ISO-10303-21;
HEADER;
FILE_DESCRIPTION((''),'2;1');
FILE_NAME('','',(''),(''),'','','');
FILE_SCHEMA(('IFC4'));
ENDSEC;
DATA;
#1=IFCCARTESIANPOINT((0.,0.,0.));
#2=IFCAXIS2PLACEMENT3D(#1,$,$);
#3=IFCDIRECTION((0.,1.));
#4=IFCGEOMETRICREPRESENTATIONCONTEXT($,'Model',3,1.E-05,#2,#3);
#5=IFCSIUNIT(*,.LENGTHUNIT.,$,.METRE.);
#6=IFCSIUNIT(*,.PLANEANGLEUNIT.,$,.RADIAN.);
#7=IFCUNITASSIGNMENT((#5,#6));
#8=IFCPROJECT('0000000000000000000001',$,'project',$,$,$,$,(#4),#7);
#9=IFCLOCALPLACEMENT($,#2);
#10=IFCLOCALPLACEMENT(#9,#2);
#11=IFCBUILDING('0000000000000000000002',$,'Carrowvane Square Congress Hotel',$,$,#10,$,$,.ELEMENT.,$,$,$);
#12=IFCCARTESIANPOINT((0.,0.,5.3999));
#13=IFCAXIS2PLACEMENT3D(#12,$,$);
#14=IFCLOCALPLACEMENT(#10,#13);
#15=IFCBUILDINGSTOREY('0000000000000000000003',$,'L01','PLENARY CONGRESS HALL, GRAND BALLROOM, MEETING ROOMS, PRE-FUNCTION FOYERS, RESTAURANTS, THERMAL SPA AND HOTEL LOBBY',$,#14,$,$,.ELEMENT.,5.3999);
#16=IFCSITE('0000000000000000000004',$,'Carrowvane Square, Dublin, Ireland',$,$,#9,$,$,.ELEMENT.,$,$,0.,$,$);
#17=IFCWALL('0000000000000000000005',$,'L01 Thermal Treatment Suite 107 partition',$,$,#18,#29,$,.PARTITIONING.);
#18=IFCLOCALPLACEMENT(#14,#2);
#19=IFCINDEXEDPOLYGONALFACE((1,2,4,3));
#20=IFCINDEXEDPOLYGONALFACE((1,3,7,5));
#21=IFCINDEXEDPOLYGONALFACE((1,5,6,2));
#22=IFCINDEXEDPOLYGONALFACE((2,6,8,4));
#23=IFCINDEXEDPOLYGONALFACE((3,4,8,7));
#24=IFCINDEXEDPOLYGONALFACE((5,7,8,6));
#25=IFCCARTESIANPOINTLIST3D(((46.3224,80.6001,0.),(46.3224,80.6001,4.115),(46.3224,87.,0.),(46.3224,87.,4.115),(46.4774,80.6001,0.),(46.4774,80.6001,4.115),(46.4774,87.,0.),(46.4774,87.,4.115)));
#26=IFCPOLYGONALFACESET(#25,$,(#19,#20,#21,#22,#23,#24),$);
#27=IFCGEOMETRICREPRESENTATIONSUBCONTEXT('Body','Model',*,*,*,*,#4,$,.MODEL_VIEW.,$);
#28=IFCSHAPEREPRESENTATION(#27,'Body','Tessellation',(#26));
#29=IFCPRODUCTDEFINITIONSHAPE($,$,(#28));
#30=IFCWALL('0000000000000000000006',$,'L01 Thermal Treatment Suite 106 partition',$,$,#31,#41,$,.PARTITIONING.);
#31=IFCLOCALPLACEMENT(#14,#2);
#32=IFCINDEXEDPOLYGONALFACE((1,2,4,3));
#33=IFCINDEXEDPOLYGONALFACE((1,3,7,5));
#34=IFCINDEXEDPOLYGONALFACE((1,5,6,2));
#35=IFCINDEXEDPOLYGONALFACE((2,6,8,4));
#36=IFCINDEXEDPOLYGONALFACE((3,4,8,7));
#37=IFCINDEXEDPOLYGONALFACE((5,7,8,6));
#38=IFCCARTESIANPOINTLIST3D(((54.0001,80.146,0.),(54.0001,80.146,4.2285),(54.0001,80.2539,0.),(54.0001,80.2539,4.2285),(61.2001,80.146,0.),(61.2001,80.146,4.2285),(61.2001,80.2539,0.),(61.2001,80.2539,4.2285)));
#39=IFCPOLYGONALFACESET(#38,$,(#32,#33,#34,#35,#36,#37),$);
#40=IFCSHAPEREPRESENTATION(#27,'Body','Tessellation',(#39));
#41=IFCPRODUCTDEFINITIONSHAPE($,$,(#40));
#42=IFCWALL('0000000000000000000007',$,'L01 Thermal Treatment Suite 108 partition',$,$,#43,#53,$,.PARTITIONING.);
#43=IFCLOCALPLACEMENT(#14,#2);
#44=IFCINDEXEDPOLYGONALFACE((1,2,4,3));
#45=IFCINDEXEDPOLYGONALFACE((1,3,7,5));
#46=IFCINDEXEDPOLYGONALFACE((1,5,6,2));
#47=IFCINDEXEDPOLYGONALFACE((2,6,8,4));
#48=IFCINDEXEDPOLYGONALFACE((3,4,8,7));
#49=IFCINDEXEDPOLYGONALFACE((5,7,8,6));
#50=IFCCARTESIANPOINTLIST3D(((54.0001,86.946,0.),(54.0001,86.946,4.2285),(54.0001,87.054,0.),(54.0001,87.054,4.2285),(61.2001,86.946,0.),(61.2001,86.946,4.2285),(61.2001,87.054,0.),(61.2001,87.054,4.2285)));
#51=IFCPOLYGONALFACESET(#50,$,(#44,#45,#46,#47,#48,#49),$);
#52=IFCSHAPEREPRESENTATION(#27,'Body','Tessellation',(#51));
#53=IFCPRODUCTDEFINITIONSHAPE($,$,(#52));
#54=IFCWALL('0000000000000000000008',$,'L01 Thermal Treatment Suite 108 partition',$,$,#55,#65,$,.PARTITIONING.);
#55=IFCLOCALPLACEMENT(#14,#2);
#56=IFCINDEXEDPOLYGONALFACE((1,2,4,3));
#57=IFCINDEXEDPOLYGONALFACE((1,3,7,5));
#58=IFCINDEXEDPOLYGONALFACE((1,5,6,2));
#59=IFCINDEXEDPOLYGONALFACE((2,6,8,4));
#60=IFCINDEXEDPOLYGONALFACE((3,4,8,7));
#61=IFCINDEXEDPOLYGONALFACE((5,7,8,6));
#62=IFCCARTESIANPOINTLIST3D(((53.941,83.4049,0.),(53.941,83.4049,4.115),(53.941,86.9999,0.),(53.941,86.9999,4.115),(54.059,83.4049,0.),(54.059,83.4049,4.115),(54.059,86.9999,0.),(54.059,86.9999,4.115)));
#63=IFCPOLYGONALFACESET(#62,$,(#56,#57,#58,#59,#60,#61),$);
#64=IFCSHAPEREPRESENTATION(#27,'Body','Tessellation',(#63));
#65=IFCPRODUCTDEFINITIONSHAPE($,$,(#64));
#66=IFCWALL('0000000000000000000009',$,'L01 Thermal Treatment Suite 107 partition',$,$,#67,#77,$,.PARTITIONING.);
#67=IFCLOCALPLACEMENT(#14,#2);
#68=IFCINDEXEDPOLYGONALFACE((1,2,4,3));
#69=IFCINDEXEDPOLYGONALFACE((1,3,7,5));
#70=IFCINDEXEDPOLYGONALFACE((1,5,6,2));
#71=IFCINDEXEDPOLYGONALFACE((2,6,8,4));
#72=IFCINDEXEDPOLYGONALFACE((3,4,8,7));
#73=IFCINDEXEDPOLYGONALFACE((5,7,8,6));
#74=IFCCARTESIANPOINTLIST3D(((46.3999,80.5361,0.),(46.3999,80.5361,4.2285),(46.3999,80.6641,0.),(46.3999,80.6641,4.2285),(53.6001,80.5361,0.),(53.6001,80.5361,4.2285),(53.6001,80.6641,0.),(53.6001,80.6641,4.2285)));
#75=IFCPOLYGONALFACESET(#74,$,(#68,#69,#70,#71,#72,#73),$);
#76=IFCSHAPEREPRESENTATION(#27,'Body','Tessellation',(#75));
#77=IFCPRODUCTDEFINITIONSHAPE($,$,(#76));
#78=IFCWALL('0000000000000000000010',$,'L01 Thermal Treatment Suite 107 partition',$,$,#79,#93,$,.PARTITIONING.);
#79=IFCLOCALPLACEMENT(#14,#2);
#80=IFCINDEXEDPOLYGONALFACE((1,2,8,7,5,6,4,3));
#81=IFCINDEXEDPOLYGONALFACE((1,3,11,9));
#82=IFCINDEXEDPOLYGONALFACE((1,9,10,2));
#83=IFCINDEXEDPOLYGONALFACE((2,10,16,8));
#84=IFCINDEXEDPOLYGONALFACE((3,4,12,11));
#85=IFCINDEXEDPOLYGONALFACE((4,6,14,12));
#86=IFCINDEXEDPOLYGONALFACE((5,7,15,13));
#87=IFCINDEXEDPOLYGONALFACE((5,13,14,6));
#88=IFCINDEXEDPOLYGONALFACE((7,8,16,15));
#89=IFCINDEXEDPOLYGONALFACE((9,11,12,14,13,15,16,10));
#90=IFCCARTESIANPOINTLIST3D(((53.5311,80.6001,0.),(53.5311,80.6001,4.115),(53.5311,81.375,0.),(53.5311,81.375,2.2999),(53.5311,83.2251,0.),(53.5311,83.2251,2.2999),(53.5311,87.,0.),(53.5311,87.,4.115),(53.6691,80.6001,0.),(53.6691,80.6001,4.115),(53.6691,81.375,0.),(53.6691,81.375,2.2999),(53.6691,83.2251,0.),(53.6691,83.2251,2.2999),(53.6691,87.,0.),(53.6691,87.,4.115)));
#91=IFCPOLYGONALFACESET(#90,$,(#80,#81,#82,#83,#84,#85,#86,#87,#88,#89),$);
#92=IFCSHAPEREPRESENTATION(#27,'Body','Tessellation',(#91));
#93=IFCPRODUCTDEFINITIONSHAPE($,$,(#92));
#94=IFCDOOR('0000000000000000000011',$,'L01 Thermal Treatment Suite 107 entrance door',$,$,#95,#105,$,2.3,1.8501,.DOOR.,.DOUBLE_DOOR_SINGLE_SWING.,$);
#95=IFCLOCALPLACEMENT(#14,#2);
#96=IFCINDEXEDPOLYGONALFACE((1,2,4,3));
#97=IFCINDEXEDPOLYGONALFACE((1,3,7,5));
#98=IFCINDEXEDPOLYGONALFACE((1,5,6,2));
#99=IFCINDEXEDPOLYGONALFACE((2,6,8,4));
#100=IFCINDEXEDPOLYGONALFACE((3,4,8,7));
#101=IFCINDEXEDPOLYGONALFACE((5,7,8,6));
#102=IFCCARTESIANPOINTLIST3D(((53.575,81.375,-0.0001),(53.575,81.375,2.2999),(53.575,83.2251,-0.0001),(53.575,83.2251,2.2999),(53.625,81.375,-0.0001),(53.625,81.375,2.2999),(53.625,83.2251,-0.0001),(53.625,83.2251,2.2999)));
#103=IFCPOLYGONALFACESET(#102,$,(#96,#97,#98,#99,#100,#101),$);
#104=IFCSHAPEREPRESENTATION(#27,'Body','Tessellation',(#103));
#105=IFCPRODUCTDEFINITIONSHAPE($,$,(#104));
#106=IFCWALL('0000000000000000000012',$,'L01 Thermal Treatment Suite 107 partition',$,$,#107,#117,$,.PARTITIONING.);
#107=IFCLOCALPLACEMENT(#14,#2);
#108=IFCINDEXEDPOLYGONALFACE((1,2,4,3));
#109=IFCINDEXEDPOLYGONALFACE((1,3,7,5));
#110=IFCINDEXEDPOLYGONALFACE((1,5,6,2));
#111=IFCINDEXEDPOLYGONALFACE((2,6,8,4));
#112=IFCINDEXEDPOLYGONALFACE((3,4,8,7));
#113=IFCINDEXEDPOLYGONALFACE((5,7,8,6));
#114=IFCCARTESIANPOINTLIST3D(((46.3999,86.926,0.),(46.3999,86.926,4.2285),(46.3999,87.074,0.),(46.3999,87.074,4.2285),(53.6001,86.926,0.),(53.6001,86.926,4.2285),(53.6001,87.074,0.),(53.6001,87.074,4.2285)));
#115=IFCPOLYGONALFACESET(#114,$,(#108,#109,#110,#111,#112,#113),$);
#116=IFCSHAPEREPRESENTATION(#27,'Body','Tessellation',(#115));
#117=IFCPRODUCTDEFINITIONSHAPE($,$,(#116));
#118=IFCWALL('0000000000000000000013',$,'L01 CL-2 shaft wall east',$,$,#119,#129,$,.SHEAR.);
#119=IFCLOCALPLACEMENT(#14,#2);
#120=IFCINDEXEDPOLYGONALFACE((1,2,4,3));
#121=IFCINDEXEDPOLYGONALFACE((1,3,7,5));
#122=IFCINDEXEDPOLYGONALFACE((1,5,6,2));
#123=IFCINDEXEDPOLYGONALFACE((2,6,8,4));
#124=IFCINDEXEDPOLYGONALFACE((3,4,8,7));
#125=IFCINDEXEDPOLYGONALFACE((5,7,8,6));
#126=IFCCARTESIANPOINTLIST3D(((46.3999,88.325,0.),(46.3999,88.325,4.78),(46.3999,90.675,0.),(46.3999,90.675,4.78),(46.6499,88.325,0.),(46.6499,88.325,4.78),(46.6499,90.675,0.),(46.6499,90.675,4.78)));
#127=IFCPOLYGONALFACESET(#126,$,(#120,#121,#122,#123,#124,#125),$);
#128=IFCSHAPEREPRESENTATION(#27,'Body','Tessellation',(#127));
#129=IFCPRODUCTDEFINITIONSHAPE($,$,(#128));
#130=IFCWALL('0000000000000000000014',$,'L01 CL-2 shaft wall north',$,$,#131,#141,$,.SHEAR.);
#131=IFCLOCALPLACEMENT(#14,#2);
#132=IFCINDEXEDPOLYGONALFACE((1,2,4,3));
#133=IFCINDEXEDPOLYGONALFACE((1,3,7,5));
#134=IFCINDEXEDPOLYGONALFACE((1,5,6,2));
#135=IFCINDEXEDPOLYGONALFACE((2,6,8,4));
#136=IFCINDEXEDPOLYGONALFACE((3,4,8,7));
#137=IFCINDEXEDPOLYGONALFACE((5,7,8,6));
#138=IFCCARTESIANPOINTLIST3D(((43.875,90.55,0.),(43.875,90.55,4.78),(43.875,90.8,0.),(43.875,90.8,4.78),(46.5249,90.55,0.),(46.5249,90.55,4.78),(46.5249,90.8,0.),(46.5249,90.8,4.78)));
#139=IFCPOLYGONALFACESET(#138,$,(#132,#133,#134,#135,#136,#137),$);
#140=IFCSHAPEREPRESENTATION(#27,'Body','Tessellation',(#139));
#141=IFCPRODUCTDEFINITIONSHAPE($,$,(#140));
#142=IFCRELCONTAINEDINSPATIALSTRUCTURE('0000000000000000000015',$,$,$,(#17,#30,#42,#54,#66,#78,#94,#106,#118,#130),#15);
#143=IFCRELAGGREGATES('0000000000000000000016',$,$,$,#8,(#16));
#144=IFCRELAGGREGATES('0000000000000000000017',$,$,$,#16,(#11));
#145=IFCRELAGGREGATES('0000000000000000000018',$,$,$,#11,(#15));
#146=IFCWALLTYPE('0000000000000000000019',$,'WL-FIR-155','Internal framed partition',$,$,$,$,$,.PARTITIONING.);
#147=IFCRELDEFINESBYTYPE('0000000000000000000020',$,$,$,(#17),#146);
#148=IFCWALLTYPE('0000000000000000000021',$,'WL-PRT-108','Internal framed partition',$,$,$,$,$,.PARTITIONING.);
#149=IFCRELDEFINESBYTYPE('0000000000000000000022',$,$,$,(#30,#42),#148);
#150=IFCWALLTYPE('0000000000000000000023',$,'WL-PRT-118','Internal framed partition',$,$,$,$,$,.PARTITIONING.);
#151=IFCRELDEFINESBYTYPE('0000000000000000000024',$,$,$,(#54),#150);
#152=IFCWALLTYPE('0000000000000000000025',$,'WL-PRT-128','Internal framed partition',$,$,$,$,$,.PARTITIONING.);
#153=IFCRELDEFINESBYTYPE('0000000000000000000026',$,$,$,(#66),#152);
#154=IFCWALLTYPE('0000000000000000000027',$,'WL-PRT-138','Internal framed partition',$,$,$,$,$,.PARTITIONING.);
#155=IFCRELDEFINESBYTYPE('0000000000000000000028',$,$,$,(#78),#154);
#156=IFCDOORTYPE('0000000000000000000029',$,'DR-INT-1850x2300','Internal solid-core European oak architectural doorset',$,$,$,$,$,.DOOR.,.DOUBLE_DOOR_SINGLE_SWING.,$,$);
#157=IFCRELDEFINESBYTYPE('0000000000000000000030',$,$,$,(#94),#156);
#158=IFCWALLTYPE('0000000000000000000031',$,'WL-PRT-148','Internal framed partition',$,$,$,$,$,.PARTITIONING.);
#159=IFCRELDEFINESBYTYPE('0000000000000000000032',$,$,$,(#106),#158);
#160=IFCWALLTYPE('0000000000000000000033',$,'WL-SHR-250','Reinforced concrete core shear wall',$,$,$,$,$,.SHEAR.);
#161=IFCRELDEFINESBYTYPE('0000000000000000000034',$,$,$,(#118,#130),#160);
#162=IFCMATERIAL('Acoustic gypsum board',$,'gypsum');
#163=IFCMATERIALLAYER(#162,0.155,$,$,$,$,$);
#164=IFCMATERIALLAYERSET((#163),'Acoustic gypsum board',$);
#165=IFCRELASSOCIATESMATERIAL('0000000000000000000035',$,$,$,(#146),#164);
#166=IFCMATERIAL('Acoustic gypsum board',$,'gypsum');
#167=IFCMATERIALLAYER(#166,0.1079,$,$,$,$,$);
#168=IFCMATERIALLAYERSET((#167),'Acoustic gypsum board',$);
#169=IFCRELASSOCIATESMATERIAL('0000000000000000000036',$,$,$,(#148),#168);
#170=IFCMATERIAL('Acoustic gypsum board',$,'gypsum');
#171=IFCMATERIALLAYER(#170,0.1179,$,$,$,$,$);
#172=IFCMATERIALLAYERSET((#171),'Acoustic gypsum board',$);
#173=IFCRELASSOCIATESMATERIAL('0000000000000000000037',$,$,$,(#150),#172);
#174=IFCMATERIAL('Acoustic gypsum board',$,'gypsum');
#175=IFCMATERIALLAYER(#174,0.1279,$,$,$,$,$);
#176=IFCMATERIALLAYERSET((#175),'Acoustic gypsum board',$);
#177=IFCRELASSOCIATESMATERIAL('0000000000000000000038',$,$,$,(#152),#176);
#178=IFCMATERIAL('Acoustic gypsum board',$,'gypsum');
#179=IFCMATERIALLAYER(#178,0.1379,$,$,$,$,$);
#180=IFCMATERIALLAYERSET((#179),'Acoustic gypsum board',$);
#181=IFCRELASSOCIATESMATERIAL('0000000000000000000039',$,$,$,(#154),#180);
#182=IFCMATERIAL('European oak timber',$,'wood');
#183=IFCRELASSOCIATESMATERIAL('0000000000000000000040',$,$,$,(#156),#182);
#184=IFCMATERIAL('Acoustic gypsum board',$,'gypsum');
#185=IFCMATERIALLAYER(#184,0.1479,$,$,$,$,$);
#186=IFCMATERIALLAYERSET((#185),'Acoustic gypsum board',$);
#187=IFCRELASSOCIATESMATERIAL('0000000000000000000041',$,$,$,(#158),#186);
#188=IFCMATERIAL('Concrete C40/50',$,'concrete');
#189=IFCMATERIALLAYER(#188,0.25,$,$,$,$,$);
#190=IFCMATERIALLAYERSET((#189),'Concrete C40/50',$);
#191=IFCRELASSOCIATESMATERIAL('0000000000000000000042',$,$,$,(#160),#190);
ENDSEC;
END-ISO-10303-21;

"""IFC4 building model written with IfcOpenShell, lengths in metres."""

from ifc_helpers import new_model, si_unit, direction, frame, frame_2d, origin, place, context, subcontext, project, spatial, rectangle, extrude, material, layer, layer_set, type_object, element, fill, save


model = new_model("IFC4")

# Units and contexts
model_context = context("Model", 3, precision=1e-05, world=origin(), true_north=direction((0.0, 1.0)))
body_context = subcontext(model_context, "Body", "Model", "MODEL_VIEW")
ifc_project = project(units=[si_unit("LENGTHUNIT", "METRE"), si_unit("PLANEANGLEUNIT", "RADIAN")], contexts=[model_context])

# Site, building, storey
site_placement = place(None, origin())
site = spatial("IfcSite", under=ifc_project, at=site_placement, Name="Carrowvane Square, Dublin, Ireland", CompositionType="ELEMENT", RefElevation=0.0)
building_placement = place(site_placement, origin())
building = spatial("IfcBuilding", under=site, at=building_placement, Name="Carrowvane Square Congress Hotel", CompositionType="ELEMENT")
storey_placement = place(building_placement, frame((0.0, 0.0, 5.3999)))
storey = spatial("IfcBuildingStorey", under=building, at=storey_placement, Name="L01", Description="PLENARY CONGRESS HALL, GRAND BALLROOM, MEETING ROOMS, PRE-FUNCTION FOYERS, RESTAURANTS, THERMAL SPA AND HOTEL LOBBY", CompositionType="ELEMENT", Elevation=5.3999)

# Walls
ifc_material_1 = material(Name="Acoustic gypsum board", Category="gypsum")
ifc_layer_1 = layer(ifc_material_1, 0.155)
ifc_layer_set_1 = layer_set([ifc_layer_1], Name="Acoustic gypsum board")
wall_type_1 = type_object("IfcWallType", Name="WL-FIR-155", Description="Internal framed partition", PredefinedType="PARTITIONING", material=ifc_layer_set_1)
wall_1_placement = place(storey_placement, frame((46.3999, 80.6001, 0.0), z_axis=(0.0, 0.0, 1.0), x_axis=(0.0, 1.0, 0.0)))
element("IfcWall", 1, at=wall_1_placement, inside=storey, type_object=wall_type_1, Name="L01 Thermal Treatment Suite 107 partition", PredefinedType="PARTITIONING", context=body_context, shape_type="SweptSolid", body=[
    extrude(rectangle(XDim=6.3999, YDim=0.155, at=frame_2d((3.2, 0.0))), origin(), (0.0, 0.0, 1.0), 4.115),
])
ifc_material_2 = material(Name="Acoustic gypsum board", Category="gypsum")
ifc_layer_2 = layer(ifc_material_2, 0.1079)
ifc_layer_set_2 = layer_set([ifc_layer_2], Name="Acoustic gypsum board")
wall_type_2 = type_object("IfcWallType", Name="WL-PRT-108", Description="Internal framed partition", PredefinedType="PARTITIONING", material=ifc_layer_set_2)
for number, where, z_axis, x_axis, name in (
    (2, (54.0, 80.2, 0.0), (0.0, 0.0, 1.0), (1.0, 0.0, 0.0), "L01 Thermal Treatment Suite 106 partition"),
    (3, (54.0, 87.0, 0.0), (0.0, 0.0, 1.0), (1.0, 0.0, 0.0), "L01 Thermal Treatment Suite 108 partition"),
):
    element("IfcWall", number, at=place(storey_placement, frame(where, z_axis=z_axis, x_axis=x_axis)), inside=storey, type_object=wall_type_2, Name=name, PredefinedType="PARTITIONING", context=body_context, shape_type="SweptSolid", body=[
        extrude(rectangle(XDim=7.2, YDim=0.1079, at=frame_2d((3.6001, 0.0))), origin(), (0.0, 0.0, 1.0), 4.2285),
    ])
ifc_material_3 = material(Name="Acoustic gypsum board", Category="gypsum")
ifc_layer_3 = layer(ifc_material_3, 0.1179)
ifc_layer_set_3 = layer_set([ifc_layer_3], Name="Acoustic gypsum board")
wall_type_3 = type_object("IfcWallType", Name="WL-PRT-118", Description="Internal framed partition", PredefinedType="PARTITIONING", material=ifc_layer_set_3)
wall_2_placement = place(storey_placement, frame((54.0, 83.405, 0.0), z_axis=(0.0, 0.0, 1.0), x_axis=(0.0, 1.0, 0.0)))
element("IfcWall", 4, at=wall_2_placement, inside=storey, type_object=wall_type_3, Name="L01 Thermal Treatment Suite 108 partition", PredefinedType="PARTITIONING", context=body_context, shape_type="SweptSolid", body=[
    extrude(rectangle(XDim=3.595, YDim=0.1179, at=frame_2d((1.7974, 0.0))), origin(), (0.0, 0.0, 1.0), 4.115),
])
ifc_material_4 = material(Name="Acoustic gypsum board", Category="gypsum")
ifc_layer_4 = layer(ifc_material_4, 0.1279)
ifc_layer_set_4 = layer_set([ifc_layer_4], Name="Acoustic gypsum board")
wall_type_4 = type_object("IfcWallType", Name="WL-PRT-128", Description="Internal framed partition", PredefinedType="PARTITIONING", material=ifc_layer_set_4)
wall_3_placement = place(storey_placement, frame((53.6001, 80.6001, 0.0), z_axis=(0.0, 0.0, 1.0), x_axis=(-1.0, 0.0, 0.0)))
element("IfcWall", 5, at=wall_3_placement, inside=storey, type_object=wall_type_4, Name="L01 Thermal Treatment Suite 107 partition", PredefinedType="PARTITIONING", context=body_context, shape_type="SweptSolid", body=[
    extrude(rectangle(XDim=7.2002, YDim=0.1279, at=frame_2d((3.6001, 0.0))), origin(), (0.0, 0.0, 1.0), 4.2285),
])

# Wall, opening, door
ifc_material_5 = material(Name="Acoustic gypsum board", Category="gypsum")
ifc_layer_5 = layer(ifc_material_5, 0.1379)
ifc_layer_set_5 = layer_set([ifc_layer_5], Name="Acoustic gypsum board")
wall_type_5 = type_object("IfcWallType", Name="WL-PRT-138", Description="Internal framed partition", PredefinedType="PARTITIONING", material=ifc_layer_set_5)
wall_4_placement = place(storey_placement, frame((53.6001, 87.0, 0.0), z_axis=(0.0, 0.0, 1.0), x_axis=(0.0, -1.0, 0.0)))
wall_4 = element("IfcWall", 6, at=wall_4_placement, inside=storey, type_object=wall_type_5, Name="L01 Thermal Treatment Suite 107 partition", PredefinedType="PARTITIONING", context=body_context, shape_type="SweptSolid", body=[
    extrude(rectangle(XDim=6.3999, YDim=0.1379, at=frame_2d((3.2, 0.0))), origin(), (0.0, 0.0, 1.0), 4.115),
])
opening_placement = place(wall_4_placement, frame((3.7749, 0.0, 0.0)))
opening = element("IfcOpeningElement", 7, at=opening_placement, cuts=wall_4, PredefinedType="OPENING", context=body_context, shape_type="SweptSolid", body=[
    extrude(rectangle(XDim=1.8501, YDim=2.3, at=frame_2d((0.925, 1.1499))), frame((0.0, 0.0789, 0.0), z_axis=(0.0, -1.0, 0.0), x_axis=(1.0, 0.0, 0.0)), (0.0, 0.0, 1.0), 0.158),
])
ifc_material_6 = material(Name="European oak timber", Category="wood")
door_type = type_object("IfcDoorType", Name="DR-INT-1850x2300", Description="Internal solid-core European oak architectural doorset", OperationType="DOUBLE_DOOR_SINGLE_SWING", PredefinedType="DOOR", material=ifc_material_6)
door_placement = place(opening_placement, origin())
door = element("IfcDoor", 8, at=door_placement, inside=storey, type_object=door_type, Name="L01 Thermal Treatment Suite 107 entrance door", OperationType="DOUBLE_DOOR_SINGLE_SWING", OverallHeight=2.3, OverallWidth=1.8501, PredefinedType="DOOR", context=body_context, shape_type="SweptSolid", body=[
    extrude(rectangle(XDim=1.8501, YDim=2.3, at=frame_2d((0.925, 1.1499))), frame((0.0, 0.0249, 0.0), z_axis=(0.0, -1.0, 0.0), x_axis=(1.0, 0.0, 0.0)), (0.0, 0.0, 1.0), 0.05),
])
fill(opening, door)

# Walls
ifc_material_7 = material(Name="Acoustic gypsum board", Category="gypsum")
ifc_layer_6 = layer(ifc_material_7, 0.1479)
ifc_layer_set_6 = layer_set([ifc_layer_6], Name="Acoustic gypsum board")
wall_type_6 = type_object("IfcWallType", Name="WL-PRT-148", Description="Internal framed partition", PredefinedType="PARTITIONING", material=ifc_layer_set_6)
wall_5_placement = place(storey_placement, frame((46.3999, 87.0, 0.0), z_axis=(0.0, 0.0, 1.0), x_axis=(1.0, 0.0, 0.0)))
element("IfcWall", 9, at=wall_5_placement, inside=storey, type_object=wall_type_6, Name="L01 Thermal Treatment Suite 107 partition", PredefinedType="PARTITIONING", context=body_context, shape_type="SweptSolid", body=[
    extrude(rectangle(XDim=7.2002, YDim=0.1479, at=frame_2d((3.6001, 0.0))), origin(), (0.0, 0.0, 1.0), 4.2285),
])
ifc_material_8 = material(Name="Concrete C40/50", Category="concrete")
ifc_layer_7 = layer(ifc_material_8, 0.25)
ifc_layer_set_7 = layer_set([ifc_layer_7], Name="Concrete C40/50")
wall_type_7 = type_object("IfcWallType", Name="WL-SHR-250", Description="Reinforced concrete core shear wall", PredefinedType="SHEAR", material=ifc_layer_set_7)
wall_6_placement = place(storey_placement, frame((46.5249, 88.325, 0.0), z_axis=(0.0, 0.0, 1.0), x_axis=(0.0, 1.0, 0.0)))
element("IfcWall", 10, at=wall_6_placement, inside=storey, type_object=wall_type_7, Name="L01 CL-2 shaft wall east", PredefinedType="SHEAR", context=body_context, shape_type="SweptSolid", body=[
    extrude(rectangle(XDim=2.3501, YDim=0.25, at=frame_2d((1.175, 0.0))), origin(), (0.0, 0.0, 1.0), 4.78),
])
wall_7_placement = place(storey_placement, frame((46.5249, 90.675, 0.0), z_axis=(0.0, 0.0, 1.0), x_axis=(-1.0, 0.0, 0.0)))
element("IfcWall", 11, at=wall_7_placement, inside=storey, type_object=wall_type_7, Name="L01 CL-2 shaft wall north", PredefinedType="SHEAR", context=body_context, shape_type="SweptSolid", body=[
    extrude(rectangle(XDim=2.6499, YDim=0.25, at=frame_2d((1.325, 0.0))), origin(), (0.0, 0.0, 1.0), 4.78),
])

save(model, "model.ifc")
